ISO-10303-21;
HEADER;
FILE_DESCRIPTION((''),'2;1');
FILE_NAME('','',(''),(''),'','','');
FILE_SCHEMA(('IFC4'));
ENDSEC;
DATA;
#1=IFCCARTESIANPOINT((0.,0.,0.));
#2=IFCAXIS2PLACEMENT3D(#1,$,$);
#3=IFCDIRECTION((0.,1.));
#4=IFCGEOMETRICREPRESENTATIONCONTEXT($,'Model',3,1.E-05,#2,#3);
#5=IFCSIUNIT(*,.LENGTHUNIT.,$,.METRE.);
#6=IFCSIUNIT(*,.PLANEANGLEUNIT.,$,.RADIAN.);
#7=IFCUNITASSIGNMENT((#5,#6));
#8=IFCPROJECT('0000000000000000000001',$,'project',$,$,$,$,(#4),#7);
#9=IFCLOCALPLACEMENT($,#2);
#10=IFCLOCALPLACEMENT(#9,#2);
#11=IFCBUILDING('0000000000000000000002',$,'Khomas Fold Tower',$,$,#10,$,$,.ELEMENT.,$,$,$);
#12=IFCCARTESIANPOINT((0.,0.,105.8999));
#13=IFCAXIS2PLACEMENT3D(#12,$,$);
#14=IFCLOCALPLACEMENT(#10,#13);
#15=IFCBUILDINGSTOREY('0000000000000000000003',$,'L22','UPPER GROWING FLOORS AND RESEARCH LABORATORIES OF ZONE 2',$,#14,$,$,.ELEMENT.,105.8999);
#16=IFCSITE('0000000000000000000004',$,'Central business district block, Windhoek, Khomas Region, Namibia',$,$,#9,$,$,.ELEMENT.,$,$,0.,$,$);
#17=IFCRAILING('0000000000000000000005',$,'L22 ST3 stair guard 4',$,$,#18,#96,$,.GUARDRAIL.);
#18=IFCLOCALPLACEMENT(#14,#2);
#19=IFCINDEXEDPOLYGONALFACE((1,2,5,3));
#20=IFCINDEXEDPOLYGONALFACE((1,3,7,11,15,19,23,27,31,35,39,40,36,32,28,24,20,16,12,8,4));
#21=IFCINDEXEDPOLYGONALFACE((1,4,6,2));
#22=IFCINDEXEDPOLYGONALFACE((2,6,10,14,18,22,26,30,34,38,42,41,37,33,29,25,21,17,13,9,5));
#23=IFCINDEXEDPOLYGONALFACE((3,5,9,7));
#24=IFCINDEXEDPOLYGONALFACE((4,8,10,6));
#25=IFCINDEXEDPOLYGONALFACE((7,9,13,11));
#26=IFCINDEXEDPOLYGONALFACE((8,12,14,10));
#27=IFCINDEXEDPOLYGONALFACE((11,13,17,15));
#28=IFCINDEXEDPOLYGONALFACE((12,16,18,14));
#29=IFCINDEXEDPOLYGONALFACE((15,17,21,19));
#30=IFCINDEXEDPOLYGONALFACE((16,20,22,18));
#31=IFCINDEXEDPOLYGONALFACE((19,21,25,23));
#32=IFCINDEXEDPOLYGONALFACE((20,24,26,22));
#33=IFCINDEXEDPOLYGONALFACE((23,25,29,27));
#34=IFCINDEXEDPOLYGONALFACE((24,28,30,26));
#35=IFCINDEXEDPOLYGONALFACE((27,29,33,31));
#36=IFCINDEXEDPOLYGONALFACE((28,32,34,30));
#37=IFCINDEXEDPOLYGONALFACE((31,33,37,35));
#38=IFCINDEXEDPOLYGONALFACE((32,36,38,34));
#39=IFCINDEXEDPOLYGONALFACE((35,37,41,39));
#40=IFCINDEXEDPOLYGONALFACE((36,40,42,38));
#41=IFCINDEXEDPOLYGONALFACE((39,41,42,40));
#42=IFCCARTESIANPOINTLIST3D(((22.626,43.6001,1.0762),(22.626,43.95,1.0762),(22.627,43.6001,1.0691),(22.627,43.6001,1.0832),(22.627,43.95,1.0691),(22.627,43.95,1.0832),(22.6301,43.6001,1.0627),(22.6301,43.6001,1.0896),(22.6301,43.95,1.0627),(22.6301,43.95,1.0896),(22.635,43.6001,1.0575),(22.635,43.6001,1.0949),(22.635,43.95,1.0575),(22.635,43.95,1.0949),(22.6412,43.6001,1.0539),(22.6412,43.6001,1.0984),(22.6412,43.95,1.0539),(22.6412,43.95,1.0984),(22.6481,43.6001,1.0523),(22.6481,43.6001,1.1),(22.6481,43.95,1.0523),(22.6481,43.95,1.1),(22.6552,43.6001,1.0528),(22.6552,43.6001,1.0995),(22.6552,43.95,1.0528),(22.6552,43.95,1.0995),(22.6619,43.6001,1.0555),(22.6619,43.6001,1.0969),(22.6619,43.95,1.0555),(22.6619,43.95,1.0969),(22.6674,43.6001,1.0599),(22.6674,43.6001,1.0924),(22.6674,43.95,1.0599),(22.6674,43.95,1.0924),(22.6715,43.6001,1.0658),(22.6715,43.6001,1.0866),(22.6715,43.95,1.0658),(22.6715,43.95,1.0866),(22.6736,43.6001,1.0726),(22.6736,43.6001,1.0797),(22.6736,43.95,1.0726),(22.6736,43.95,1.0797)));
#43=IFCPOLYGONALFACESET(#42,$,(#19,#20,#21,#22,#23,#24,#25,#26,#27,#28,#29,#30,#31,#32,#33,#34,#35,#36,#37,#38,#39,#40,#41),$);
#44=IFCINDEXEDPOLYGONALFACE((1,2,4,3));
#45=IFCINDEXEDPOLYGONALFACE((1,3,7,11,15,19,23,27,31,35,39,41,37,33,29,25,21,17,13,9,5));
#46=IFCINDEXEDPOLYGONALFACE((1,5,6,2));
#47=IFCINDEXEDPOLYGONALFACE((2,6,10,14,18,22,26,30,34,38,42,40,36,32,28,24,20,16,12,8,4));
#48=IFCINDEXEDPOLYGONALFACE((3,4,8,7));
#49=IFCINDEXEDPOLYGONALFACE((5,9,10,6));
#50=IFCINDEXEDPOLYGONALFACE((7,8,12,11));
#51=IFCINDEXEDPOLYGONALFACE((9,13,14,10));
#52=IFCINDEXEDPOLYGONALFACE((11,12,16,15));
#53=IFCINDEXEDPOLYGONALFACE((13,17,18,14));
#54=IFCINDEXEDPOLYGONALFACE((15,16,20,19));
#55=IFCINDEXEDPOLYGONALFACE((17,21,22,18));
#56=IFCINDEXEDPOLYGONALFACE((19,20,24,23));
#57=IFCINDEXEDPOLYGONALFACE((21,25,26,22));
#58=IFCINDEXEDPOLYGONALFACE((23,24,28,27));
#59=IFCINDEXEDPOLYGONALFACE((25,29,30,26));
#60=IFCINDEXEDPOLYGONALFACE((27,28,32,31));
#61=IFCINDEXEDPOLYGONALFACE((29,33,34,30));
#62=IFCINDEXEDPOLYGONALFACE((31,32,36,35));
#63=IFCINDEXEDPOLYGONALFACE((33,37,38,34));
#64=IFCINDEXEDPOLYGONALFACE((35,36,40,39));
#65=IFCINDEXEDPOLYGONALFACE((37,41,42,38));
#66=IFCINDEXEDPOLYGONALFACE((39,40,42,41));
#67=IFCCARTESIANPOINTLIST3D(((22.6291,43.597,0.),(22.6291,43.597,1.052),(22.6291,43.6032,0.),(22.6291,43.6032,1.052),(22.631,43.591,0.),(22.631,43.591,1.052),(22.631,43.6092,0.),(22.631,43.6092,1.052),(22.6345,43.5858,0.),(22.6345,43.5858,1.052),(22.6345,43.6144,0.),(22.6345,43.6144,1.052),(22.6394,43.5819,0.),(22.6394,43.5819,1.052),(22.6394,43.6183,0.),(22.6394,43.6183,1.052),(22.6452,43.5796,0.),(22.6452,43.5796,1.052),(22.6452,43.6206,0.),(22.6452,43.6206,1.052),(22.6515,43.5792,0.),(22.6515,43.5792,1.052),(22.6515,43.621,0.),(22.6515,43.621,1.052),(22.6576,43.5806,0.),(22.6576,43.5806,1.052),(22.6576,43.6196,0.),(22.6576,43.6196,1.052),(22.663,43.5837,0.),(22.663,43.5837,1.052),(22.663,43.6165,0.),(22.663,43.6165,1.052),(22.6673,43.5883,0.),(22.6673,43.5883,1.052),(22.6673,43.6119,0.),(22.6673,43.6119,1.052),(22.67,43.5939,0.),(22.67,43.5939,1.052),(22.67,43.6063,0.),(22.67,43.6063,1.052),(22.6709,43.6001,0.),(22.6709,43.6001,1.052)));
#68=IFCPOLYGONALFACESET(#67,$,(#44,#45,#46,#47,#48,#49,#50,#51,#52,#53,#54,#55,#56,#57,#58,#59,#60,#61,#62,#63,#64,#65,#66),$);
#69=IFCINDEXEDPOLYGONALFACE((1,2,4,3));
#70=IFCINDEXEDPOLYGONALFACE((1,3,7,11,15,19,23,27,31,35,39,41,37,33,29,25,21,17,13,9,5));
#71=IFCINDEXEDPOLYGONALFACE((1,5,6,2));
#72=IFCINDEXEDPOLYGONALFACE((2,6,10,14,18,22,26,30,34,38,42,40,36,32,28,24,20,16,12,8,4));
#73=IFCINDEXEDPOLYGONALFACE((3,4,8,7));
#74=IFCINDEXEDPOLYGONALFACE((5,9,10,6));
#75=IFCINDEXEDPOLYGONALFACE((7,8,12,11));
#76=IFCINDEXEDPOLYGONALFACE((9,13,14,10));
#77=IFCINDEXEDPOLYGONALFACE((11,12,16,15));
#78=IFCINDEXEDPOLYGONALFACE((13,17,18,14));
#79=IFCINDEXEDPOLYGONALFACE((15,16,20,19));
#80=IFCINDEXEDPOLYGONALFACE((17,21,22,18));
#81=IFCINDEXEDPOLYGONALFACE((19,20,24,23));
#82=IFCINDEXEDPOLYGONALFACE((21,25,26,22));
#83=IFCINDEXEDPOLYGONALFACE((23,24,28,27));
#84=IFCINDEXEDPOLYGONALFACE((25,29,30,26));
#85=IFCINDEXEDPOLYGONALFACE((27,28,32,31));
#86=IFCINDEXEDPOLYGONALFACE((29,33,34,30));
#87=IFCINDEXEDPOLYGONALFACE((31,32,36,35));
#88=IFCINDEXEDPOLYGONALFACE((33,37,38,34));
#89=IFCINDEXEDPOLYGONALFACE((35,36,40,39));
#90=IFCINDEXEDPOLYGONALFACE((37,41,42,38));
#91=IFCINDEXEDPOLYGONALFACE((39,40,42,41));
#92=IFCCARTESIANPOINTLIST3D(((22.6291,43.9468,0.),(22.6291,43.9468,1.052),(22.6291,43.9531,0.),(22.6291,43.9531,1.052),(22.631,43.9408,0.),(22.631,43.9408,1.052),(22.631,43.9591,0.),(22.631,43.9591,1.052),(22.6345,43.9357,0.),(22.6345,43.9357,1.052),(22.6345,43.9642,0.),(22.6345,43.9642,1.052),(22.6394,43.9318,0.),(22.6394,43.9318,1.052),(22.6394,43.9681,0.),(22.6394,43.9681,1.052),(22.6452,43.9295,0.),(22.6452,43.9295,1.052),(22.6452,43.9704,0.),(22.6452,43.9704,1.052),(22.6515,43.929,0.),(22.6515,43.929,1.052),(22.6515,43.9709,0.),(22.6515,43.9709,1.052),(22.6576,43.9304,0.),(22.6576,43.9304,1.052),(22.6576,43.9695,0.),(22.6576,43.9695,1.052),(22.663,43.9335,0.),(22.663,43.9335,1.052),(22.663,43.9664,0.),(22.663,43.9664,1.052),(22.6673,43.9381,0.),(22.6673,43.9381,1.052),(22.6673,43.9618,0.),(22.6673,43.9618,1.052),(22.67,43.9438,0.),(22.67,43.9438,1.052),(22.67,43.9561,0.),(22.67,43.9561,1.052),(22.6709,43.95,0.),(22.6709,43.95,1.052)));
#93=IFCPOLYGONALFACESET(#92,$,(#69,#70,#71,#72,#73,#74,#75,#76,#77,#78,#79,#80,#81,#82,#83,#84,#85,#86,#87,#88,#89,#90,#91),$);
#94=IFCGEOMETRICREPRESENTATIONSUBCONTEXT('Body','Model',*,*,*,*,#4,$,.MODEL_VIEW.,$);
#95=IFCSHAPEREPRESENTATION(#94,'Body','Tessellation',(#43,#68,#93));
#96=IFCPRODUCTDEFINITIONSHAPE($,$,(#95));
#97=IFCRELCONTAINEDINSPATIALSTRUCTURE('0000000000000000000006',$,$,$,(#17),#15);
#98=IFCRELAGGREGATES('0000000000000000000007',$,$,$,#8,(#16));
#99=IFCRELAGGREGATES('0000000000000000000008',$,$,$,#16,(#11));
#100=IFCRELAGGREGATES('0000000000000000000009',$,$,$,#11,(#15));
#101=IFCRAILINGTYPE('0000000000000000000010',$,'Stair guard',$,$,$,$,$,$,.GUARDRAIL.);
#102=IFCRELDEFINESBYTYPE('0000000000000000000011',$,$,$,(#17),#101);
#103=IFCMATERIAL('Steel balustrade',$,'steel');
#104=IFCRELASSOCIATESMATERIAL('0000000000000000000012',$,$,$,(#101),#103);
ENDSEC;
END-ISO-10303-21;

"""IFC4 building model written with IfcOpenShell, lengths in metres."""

from ifc_helpers import new_model, si_unit, direction, frame, origin, origin_2d, place, context, subcontext, project, spatial, circle, extrude, source, transform, mapped, material, type_object, element, save


model = new_model("IFC4")

# Units and contexts
model_context = context("Model", 3, precision=1e-05, world=origin(), true_north=direction((0.0, 1.0)))
body_context = subcontext(model_context, "Body", "Model", "MODEL_VIEW")
ifc_project = project(units=[si_unit("LENGTHUNIT", "METRE"), si_unit("PLANEANGLEUNIT", "RADIAN")], contexts=[model_context])

# Site, building, storey
site_placement = place(None, origin())
site = spatial("IfcSite", under=ifc_project, at=site_placement, Name="Central business district block, Windhoek, Khomas Region, Namibia", CompositionType="ELEMENT", RefElevation=0.0)
building_placement = place(site_placement, origin())
building = spatial("IfcBuilding", under=site, at=building_placement, Name="Khomas Fold Tower", CompositionType="ELEMENT")
storey_placement = place(building_placement, frame((0.0, 0.0, 105.8999)))
storey = spatial("IfcBuildingStorey", under=building, at=storey_placement, Name="L22", Description="UPPER GROWING FLOORS AND RESEARCH LABORATORIES OF ZONE 2", CompositionType="ELEMENT", Elevation=105.8999)

# Railing
ifc_material_1 = material(Name="Steel balustrade", Category="steel")
railing_type_1 = type_object("IfcRailingType", Name="Stair guard", PredefinedType="GUARDRAIL", material=ifc_material_1)
shared_shape_1 = source(origin(), body_context, "Body", "SweptSolid", [
    extrude(circle(Radius=0.0239, at=origin_2d()), frame((0.0, 0.0, 1.0762), z_axis=(0.0, 1.0, 0.0), x_axis=(-1.0, 0.0, 0.0)), (0.0, 0.0, 1.0), 0.3499),
    extrude(circle(Radius=0.021, at=origin_2d()), origin(), (0.0, 0.0, 1.0), 1.052),
    extrude(circle(Radius=0.021, at=origin_2d()), frame((0.0, 0.3499, 0.0)), (0.0, 0.0, 1.0), 1.052),
])
for number, where, name in (
    (1, (22.6499, 43.6001, 0.0), "L22 ST3 stair guard 4"),
):
    element("IfcRailing", number, at=place(storey_placement, frame(where)), inside=storey, type_object=railing_type_1, Name=name, PredefinedType="GUARDRAIL", context=body_context, shape_type="MappedRepresentation", body=[
        mapped(shared_shape_1, transform((0.0, 0.0, 0.0))),
    ])

save(model, "model.ifc")
